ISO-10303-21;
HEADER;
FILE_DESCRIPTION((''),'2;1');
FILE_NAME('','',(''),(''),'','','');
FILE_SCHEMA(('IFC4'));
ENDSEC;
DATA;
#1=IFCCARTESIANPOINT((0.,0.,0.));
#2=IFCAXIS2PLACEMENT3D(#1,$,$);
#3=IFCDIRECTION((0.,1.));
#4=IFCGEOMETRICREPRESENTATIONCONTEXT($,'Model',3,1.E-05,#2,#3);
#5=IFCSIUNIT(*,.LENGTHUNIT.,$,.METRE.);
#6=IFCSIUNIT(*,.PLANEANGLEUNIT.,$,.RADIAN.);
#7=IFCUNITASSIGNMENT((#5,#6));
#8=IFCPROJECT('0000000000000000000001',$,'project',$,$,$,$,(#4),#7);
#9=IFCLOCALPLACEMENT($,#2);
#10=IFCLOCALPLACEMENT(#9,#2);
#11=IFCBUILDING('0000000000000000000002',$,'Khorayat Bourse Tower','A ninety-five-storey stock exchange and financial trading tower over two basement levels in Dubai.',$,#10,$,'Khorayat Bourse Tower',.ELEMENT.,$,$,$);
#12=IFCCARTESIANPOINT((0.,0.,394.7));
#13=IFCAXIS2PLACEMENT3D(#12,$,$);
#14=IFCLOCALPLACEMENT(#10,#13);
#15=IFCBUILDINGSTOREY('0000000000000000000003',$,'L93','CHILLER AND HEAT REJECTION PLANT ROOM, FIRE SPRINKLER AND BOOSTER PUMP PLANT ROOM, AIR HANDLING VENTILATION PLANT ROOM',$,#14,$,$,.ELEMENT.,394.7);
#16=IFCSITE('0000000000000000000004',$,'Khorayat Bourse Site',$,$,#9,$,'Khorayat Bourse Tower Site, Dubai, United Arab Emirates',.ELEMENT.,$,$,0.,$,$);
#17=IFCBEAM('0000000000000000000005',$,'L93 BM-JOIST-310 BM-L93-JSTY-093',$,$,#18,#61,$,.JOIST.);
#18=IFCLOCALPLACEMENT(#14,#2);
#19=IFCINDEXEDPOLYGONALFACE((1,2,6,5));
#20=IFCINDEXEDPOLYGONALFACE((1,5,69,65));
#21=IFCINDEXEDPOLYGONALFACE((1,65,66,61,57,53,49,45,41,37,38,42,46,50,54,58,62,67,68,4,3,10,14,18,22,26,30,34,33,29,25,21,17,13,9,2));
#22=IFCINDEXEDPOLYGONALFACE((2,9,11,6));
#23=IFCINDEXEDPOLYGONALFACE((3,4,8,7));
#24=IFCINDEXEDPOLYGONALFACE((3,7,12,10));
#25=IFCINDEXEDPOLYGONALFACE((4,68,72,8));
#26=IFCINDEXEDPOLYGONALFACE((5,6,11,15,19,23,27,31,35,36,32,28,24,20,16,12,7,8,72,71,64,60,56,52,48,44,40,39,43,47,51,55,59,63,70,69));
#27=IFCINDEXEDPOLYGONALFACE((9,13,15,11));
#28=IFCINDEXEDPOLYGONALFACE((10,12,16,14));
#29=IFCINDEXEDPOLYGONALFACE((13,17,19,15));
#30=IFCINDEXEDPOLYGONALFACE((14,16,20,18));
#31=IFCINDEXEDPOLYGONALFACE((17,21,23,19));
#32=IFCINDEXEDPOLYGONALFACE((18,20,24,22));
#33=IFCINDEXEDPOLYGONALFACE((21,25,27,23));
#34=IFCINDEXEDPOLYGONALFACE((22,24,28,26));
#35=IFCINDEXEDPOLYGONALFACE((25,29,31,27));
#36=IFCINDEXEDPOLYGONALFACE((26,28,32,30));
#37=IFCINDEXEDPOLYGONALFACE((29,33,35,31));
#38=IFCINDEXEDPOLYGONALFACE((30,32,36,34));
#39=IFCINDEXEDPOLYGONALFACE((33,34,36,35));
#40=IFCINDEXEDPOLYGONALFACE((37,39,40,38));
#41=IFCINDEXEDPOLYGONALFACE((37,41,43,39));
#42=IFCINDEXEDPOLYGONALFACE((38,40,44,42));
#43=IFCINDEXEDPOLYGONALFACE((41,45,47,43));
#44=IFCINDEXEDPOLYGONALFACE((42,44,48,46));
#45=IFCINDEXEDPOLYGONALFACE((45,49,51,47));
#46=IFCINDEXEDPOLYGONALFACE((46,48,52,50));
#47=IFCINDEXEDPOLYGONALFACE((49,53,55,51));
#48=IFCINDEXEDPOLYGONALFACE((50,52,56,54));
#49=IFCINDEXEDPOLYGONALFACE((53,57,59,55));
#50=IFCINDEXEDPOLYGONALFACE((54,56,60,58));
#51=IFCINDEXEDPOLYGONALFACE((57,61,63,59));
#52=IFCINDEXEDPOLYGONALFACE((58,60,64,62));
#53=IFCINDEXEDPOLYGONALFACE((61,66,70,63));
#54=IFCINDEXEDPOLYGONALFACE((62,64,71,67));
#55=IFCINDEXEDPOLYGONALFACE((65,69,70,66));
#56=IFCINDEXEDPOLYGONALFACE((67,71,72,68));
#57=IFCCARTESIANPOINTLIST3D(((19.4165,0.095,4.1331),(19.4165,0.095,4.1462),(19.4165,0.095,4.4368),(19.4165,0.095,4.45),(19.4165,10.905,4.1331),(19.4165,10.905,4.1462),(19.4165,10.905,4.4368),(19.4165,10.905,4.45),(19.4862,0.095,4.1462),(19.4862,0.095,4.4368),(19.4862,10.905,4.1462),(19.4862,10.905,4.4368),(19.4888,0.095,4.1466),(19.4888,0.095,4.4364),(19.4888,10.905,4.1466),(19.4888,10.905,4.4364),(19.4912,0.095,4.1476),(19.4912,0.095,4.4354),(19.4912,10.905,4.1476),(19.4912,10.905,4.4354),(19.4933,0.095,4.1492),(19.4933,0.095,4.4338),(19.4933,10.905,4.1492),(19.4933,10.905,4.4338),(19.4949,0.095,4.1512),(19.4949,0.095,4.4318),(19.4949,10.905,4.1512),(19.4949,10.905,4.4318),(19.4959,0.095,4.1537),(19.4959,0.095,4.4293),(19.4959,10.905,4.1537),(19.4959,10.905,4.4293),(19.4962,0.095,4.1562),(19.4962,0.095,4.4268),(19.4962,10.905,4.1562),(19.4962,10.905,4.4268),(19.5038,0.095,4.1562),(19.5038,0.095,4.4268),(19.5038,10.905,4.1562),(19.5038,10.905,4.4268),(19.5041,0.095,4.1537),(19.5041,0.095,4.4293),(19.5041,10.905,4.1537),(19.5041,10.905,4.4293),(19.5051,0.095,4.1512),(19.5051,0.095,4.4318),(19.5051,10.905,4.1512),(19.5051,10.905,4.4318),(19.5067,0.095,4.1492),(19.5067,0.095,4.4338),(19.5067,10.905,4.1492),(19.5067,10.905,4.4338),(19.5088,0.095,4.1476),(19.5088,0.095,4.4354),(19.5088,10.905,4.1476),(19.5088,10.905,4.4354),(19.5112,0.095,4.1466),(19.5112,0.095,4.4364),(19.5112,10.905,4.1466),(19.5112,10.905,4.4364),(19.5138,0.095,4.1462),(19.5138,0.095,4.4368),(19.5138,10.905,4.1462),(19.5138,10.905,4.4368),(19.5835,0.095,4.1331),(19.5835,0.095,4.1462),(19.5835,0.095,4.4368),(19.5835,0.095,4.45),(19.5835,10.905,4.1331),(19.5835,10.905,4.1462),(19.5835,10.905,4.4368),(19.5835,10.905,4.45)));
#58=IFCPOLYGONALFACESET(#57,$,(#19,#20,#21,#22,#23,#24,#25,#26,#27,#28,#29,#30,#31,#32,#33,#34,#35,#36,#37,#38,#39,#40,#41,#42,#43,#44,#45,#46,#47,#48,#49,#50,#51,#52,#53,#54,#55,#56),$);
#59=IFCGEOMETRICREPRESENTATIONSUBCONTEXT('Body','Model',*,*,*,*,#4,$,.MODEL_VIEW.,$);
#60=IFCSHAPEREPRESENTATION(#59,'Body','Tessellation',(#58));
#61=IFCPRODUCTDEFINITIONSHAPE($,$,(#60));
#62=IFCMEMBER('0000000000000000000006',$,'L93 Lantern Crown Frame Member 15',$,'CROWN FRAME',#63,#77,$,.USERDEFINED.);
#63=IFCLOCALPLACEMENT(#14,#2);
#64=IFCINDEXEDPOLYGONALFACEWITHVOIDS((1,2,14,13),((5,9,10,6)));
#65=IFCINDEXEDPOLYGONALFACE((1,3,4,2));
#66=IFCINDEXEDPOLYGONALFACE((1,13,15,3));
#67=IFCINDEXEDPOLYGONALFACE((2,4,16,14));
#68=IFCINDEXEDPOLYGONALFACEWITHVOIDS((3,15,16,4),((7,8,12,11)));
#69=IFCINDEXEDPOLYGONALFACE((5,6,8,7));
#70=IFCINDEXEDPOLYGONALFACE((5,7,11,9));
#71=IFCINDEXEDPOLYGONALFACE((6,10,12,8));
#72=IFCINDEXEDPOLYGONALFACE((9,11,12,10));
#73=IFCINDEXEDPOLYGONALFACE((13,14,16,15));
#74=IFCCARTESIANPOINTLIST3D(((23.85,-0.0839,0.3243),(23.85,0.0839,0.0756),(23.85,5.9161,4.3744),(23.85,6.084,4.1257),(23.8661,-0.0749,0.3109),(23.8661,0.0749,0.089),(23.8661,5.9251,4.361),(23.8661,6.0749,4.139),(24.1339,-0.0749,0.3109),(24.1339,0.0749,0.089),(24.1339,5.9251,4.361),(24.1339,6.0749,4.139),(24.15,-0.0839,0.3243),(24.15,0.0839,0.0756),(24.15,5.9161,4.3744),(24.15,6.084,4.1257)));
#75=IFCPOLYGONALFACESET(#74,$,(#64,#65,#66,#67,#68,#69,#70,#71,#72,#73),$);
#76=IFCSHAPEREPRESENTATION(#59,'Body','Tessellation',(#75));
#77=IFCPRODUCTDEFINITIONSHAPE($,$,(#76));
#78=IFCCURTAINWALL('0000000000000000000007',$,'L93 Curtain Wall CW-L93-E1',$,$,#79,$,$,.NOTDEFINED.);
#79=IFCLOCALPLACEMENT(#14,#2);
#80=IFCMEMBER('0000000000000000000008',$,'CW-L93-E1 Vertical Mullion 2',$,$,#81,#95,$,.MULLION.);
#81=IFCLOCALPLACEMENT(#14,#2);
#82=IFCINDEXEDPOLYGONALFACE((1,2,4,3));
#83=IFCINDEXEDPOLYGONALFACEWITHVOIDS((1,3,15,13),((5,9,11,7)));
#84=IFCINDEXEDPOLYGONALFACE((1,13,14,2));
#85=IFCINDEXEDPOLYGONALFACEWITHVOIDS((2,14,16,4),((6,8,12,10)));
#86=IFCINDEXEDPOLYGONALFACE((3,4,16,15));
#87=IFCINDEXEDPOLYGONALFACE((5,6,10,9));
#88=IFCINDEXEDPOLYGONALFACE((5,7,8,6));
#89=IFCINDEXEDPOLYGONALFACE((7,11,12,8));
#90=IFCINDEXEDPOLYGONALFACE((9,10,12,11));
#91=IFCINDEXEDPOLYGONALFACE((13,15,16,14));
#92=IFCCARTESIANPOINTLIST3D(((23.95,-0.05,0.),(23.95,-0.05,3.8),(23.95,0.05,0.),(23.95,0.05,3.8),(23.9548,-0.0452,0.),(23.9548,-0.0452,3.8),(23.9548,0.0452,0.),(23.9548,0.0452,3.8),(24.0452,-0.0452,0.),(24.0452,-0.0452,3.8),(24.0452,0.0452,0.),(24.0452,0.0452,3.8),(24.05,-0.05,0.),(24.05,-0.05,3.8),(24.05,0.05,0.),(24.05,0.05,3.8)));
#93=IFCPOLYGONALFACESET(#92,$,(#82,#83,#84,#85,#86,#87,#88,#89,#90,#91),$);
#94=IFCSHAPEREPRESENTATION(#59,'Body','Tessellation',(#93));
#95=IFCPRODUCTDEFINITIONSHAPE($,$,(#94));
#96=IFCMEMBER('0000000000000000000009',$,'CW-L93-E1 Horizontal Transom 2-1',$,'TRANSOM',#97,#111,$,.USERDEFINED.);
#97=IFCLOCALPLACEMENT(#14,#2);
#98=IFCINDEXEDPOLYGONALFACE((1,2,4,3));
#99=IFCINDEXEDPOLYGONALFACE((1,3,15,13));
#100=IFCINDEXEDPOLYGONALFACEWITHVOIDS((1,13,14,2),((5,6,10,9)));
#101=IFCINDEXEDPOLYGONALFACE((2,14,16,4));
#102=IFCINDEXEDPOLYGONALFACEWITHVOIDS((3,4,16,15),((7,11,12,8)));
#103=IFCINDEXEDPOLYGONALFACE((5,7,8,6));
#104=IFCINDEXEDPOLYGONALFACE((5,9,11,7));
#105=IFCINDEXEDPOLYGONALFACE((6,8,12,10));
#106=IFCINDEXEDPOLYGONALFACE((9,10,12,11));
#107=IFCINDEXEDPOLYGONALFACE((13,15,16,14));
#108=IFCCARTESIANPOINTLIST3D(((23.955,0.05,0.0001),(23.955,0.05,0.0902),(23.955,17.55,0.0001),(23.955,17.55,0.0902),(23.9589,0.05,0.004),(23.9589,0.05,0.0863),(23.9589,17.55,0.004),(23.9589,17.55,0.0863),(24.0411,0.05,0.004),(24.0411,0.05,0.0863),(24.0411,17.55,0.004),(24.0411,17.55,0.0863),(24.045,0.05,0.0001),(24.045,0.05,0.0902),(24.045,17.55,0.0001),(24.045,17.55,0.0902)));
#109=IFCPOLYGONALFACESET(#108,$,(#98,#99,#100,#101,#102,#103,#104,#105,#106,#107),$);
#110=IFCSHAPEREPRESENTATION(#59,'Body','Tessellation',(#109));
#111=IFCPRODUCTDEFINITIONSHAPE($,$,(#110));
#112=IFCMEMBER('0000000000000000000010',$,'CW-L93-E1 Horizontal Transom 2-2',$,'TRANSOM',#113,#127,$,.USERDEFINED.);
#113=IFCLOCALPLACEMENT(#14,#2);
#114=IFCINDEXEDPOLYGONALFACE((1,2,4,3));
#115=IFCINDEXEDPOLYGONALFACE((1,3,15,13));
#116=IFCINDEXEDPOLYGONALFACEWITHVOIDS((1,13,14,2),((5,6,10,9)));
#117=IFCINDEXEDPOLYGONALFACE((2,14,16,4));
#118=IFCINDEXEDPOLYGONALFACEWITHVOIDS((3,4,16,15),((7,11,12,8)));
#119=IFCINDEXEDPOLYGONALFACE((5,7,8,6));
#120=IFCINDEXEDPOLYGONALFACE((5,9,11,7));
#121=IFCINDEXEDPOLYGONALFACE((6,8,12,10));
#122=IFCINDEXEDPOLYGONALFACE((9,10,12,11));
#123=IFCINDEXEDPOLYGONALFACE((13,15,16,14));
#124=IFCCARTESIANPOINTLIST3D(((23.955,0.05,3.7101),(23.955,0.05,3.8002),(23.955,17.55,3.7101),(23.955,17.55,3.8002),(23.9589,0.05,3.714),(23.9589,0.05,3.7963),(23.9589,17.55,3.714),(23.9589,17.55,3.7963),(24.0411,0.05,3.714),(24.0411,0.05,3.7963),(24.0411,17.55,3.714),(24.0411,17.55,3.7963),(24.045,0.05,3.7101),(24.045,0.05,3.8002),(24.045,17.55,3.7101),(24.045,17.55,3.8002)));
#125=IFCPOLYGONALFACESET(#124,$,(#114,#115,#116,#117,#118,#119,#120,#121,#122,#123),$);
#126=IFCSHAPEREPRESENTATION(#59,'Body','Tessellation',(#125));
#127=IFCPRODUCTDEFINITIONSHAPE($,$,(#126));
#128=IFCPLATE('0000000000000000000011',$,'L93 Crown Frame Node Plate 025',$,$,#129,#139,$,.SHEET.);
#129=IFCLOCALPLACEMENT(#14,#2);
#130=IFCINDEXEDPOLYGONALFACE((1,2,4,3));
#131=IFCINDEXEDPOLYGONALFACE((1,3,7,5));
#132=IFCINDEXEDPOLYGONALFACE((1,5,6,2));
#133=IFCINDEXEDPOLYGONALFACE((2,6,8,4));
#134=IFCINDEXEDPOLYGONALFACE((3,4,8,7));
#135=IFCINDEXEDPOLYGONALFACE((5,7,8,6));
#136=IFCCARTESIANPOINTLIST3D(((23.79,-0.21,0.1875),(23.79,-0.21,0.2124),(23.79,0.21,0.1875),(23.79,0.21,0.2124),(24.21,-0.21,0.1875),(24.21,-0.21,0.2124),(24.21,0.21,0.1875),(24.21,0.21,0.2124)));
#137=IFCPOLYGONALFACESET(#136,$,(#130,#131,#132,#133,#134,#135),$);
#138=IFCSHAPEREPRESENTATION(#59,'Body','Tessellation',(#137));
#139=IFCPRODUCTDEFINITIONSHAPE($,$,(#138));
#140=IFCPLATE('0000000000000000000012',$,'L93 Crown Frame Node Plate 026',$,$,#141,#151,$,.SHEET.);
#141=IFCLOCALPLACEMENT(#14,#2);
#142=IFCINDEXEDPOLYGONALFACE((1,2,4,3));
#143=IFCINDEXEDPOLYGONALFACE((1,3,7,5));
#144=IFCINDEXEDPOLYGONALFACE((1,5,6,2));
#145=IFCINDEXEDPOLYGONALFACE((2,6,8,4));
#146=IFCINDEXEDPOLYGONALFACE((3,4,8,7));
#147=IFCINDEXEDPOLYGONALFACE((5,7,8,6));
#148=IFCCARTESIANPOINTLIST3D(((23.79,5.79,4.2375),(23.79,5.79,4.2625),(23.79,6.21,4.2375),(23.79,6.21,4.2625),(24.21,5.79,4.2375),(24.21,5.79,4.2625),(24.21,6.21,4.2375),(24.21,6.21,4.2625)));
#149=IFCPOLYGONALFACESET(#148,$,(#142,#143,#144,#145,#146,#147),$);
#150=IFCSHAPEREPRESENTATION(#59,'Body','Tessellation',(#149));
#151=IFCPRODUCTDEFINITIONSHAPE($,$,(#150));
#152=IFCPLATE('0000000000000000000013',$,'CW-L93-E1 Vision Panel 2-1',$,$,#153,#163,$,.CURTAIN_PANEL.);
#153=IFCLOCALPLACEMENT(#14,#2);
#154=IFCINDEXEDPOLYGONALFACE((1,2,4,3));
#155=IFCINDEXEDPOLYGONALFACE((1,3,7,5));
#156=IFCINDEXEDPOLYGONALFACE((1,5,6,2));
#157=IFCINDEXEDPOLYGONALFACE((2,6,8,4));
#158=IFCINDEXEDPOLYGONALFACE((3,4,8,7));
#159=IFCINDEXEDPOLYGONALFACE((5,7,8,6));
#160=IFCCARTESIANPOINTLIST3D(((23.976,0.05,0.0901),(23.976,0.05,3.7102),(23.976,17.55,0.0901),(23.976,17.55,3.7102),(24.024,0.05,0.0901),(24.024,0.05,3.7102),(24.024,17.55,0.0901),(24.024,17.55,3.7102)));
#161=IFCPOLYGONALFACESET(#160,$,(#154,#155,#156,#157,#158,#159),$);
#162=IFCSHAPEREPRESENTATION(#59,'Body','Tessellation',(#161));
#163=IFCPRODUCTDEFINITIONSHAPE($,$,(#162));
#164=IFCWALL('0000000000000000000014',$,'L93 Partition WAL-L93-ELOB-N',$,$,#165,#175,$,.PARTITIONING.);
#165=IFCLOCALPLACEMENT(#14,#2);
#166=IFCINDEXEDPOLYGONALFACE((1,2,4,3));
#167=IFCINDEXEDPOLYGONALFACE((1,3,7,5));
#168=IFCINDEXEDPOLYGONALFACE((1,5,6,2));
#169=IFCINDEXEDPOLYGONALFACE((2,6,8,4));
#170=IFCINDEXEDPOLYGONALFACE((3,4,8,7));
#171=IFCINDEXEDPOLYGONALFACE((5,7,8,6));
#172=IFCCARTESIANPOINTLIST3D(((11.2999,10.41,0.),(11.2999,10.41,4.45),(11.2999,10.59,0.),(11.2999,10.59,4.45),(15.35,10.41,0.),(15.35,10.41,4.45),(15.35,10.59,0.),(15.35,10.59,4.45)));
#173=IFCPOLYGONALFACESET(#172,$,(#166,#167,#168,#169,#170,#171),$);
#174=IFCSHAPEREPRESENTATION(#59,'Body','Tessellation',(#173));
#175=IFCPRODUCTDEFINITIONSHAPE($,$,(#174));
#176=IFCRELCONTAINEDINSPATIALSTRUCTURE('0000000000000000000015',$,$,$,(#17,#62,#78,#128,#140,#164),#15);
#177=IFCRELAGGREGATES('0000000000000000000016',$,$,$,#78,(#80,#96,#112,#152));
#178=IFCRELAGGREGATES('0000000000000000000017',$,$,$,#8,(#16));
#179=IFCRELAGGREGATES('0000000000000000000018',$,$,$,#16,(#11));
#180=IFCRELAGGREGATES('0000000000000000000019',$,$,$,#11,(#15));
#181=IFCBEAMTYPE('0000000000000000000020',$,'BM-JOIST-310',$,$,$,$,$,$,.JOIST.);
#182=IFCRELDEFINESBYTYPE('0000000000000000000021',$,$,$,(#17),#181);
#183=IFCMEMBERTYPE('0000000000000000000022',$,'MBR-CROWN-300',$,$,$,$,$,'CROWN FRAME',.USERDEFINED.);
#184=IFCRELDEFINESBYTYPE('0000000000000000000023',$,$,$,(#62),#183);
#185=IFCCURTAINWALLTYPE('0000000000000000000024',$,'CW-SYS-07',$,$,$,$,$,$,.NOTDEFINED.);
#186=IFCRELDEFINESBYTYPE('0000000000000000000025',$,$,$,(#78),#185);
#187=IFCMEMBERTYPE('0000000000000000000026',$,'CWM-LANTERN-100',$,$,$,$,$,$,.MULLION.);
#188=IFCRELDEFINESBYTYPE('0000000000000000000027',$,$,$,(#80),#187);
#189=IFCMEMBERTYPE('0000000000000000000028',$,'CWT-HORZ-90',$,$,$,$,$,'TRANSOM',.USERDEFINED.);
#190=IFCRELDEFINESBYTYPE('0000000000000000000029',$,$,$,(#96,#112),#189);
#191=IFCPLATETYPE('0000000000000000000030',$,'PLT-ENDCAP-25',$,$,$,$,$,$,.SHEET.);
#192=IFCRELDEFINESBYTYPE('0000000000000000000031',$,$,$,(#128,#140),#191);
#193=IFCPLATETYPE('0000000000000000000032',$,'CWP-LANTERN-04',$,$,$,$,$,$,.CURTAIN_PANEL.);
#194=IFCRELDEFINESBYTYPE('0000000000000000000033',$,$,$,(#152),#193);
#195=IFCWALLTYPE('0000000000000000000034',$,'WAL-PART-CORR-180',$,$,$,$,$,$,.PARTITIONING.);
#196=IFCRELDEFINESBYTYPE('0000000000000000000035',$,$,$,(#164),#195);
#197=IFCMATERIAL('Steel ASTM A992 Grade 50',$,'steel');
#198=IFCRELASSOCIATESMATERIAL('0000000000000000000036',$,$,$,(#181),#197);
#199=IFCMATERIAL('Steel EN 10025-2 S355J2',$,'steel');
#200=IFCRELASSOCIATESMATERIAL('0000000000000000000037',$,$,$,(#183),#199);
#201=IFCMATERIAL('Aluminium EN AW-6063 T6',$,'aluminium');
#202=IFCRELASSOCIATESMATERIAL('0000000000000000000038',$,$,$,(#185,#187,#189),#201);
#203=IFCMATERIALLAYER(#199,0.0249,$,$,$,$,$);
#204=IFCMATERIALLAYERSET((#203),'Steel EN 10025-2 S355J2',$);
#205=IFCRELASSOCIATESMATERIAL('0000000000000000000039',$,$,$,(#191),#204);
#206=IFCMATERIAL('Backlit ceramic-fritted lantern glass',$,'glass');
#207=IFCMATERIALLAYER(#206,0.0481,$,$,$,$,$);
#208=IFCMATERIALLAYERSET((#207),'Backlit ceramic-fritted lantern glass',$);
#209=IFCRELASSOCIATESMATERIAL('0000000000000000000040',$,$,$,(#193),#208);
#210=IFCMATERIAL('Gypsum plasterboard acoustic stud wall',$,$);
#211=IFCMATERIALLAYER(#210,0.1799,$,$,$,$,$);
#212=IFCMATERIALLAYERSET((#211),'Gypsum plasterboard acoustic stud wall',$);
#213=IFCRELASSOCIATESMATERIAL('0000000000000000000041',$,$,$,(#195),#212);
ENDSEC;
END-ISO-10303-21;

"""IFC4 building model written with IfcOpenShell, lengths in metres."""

from ifc_helpers import new_model, si_unit, direction, frame, frame_2d, origin, origin_2d, place, context, subcontext, project, spatial, rectangle, hollow_rectangle, i_section, extrude, source, transform, mapped, material, layer, layer_set, material_profile, profile_set, type_object, element, aggregate, save


model = new_model("IFC4")

# Units and contexts
model_context = context("Model", 3, precision=1e-05, world=origin(), true_north=direction((0.0, 1.0)))
body_context = subcontext(model_context, "Body", "Model", "MODEL_VIEW")
ifc_project = project(units=[si_unit("LENGTHUNIT", "METRE"), si_unit("PLANEANGLEUNIT", "RADIAN")], contexts=[model_context])

# Site, building, storey
site_placement = place(None, origin())
site = spatial("IfcSite", under=ifc_project, at=site_placement, Name="Khorayat Bourse Site", LongName="Khorayat Bourse Tower Site, Dubai, United Arab Emirates", CompositionType="ELEMENT", RefElevation=0.0)
building_placement = place(site_placement, origin())
building = spatial("IfcBuilding", under=site, at=building_placement, Name="Khorayat Bourse Tower", Description="A ninety-five-storey stock exchange and financial trading tower over two basement levels in Dubai.", LongName="Khorayat Bourse Tower", CompositionType="ELEMENT")
storey_placement = place(building_placement, frame((0.0, 0.0, 394.7)))
storey = spatial("IfcBuildingStorey", under=building, at=storey_placement, Name="L93", Description="CHILLER AND HEAT REJECTION PLANT ROOM, FIRE SPRINKLER AND BOOSTER PUMP PLANT ROOM, AIR HANDLING VENTILATION PLANT ROOM", CompositionType="ELEMENT", Elevation=394.7)

# Shared definitions
ifc_material_1 = material(Name="Steel EN 10025-2 S355J2", Category="steel")

# Beam
ifc_material_2 = material(Name="Steel ASTM A992 Grade 50", Category="steel")
ifc_material_profile_1 = material_profile(ifc_material_2, i_section(OverallWidth=0.167, OverallDepth=0.3169, WebThickness=0.0076, FlangeThickness=0.0132, FilletRadius=0.01, at=origin_2d()), Name="W310X52")
ifc_profile_set_1 = profile_set([ifc_material_profile_1], Name="Steel ASTM A992 Grade 50")
beam_type_1 = type_object("IfcBeamType", Name="BM-JOIST-310", PredefinedType="JOIST", material=ifc_profile_set_1)
shared_shape_1 = source(origin(), body_context, "Body", "SweptSolid", [
    extrude(i_section(OverallWidth=0.167, OverallDepth=0.3169, WebThickness=0.0076, FlangeThickness=0.0132, FilletRadius=0.01, at=origin_2d()), origin(), (0.0, 0.0, 1.0), 10.8101),
])
beam_1_placement = place(storey_placement, frame((19.5, 0.095, 4.2915), z_axis=(0.0, 1.0, 0.0), x_axis=(-1.0, 0.0, 0.0)))
element("IfcBeam", 1, at=beam_1_placement, inside=storey, type_object=beam_type_1, Name="L93 BM-JOIST-310 BM-L93-JSTY-093", PredefinedType="JOIST", context=body_context, shape_type="MappedRepresentation", body=[
    mapped(shared_shape_1, transform((0.0, 0.0, 0.0), scale=1.0)),
])

# Member
ifc_material_profile_2 = material_profile(ifc_material_1, hollow_rectangle(XDim=0.3, YDim=0.3, WallThickness=0.0161, at=origin_2d()), Name="HSS 300x300x16")
ifc_profile_set_2 = profile_set([ifc_material_profile_2], Name="Steel EN 10025-2 S355J2")
member_type_1 = type_object("IfcMemberType", Name="MBR-CROWN-300", ElementType="CROWN FRAME", PredefinedType="USERDEFINED", material=ifc_profile_set_2)
shared_shape_2 = source(origin(), body_context, "Body", "SweptSolid", [
    extrude(hollow_rectangle(XDim=0.3, YDim=0.3, WallThickness=0.0161, at=origin_2d()), origin(), (0.0, 0.0, 1.0), 7.239),
])
member_1_placement = place(storey_placement, frame((24.0, 0.0, 0.2), z_axis=(0.0, 0.828846, 0.559477), x_axis=(-1.0, 0.0, 0.0)))
element("IfcMember", 2, at=member_1_placement, inside=storey, type_object=member_type_1, Name="L93 Lantern Crown Frame Member 15", ObjectType="CROWN FRAME", PredefinedType="USERDEFINED", context=body_context, shape_type="MappedRepresentation", body=[
    mapped(shared_shape_2, transform((0.0, 0.0, 0.0), scale=1.0)),
])

# Curtain wall, members
ifc_material_3 = material(Name="Aluminium EN AW-6063 T6", Category="aluminium")
curtain_wall_type = type_object("IfcCurtainWallType", Name="CW-SYS-07", PredefinedType="NOTDEFINED", material=ifc_material_3)
curtain_wall_placement = place(storey_placement, origin())
curtain_wall = element("IfcCurtainWall", 3, at=curtain_wall_placement, inside=storey, type_object=curtain_wall_type, Name="L93 Curtain Wall CW-L93-E1", PredefinedType="NOTDEFINED")
ifc_material_profile_3 = material_profile(ifc_material_3, hollow_rectangle(XDim=0.1001, YDim=0.1001, WallThickness=0.0049, at=origin_2d()), Name="ALU 100x100x5")
ifc_profile_set_3 = profile_set([ifc_material_profile_3], Name="Aluminium EN AW-6063 T6")
member_type_2 = type_object("IfcMemberType", Name="CWM-LANTERN-100", PredefinedType="MULLION", material=ifc_profile_set_3)
shared_shape_3 = source(origin(), body_context, "Body", "SweptSolid", [
    extrude(hollow_rectangle(XDim=0.1001, YDim=0.1001, WallThickness=0.0049, at=origin_2d()), origin(), (0.0, 0.0, 1.0), 3.8),
])
member_2_placement = place(storey_placement, frame((24.0, 0.0, 0.0), z_axis=(0.0, 0.0, 1.0), x_axis=(-1.0, 0.0, 0.0)))
member_2 = element("IfcMember", 4, at=member_2_placement, type_object=member_type_2, Name="CW-L93-E1 Vertical Mullion 2", PredefinedType="MULLION", context=body_context, shape_type="MappedRepresentation", body=[
    mapped(shared_shape_3, transform((0.0, 0.0, 0.0), scale=1.0)),
])
ifc_material_profile_4 = material_profile(ifc_material_3, hollow_rectangle(XDim=0.0901, YDim=0.0901, WallThickness=0.0039, at=origin_2d()), Name="ALU 90x90x4")
ifc_profile_set_4 = profile_set([ifc_material_profile_4], Name="Aluminium EN AW-6063 T6")
member_type_3 = type_object("IfcMemberType", Name="CWT-HORZ-90", ElementType="TRANSOM", PredefinedType="USERDEFINED", material=ifc_profile_set_4)
shared_shape_4 = source(origin(), body_context, "Body", "SweptSolid", [
    extrude(hollow_rectangle(XDim=0.0901, YDim=0.0901, WallThickness=0.0039, at=origin_2d()), origin(), (0.0, 0.0, 1.0), 17.5),
])
member_3_placement = place(storey_placement, frame((24.0, 0.05, 0.0452), z_axis=(0.0, 1.0, 0.0), x_axis=(-1.0, 0.0, 0.0)))
member_3 = element("IfcMember", 5, at=member_3_placement, type_object=member_type_3, Name="CW-L93-E1 Horizontal Transom 2-1", ObjectType="TRANSOM", PredefinedType="USERDEFINED", context=body_context, shape_type="MappedRepresentation", body=[
    mapped(shared_shape_4, transform((0.0, 0.0, 0.0), scale=1.0)),
])
member_4_placement = place(storey_placement, frame((24.0, 0.05, 3.7551), z_axis=(0.0, 1.0, 0.0), x_axis=(-1.0, 0.0, 0.0)))
member_4 = element("IfcMember", 6, at=member_4_placement, type_object=member_type_3, Name="CW-L93-E1 Horizontal Transom 2-2", ObjectType="TRANSOM", PredefinedType="USERDEFINED", context=body_context, shape_type="MappedRepresentation", body=[
    mapped(shared_shape_4, transform((0.0, 0.0, 0.0), scale=1.0)),
])

# Plates
ifc_layer_1 = layer(ifc_material_1, 0.0249)
ifc_layer_set_1 = layer_set([ifc_layer_1], Name="Steel EN 10025-2 S355J2")
plate_type_1 = type_object("IfcPlateType", Name="PLT-ENDCAP-25", PredefinedType="SHEET", material=ifc_layer_set_1)
shared_shape_5 = source(origin(), body_context, "Body", "SweptSolid", [
    extrude(rectangle(XDim=0.4199, YDim=0.4199, at=origin_2d()), origin(), (0.0, 0.0, 1.0), 0.0249),
])
for number, where, z_axis, x_axis, name in (
    (7, (24.0, 0.0, 0.1875), (0.0, 0.0, 1.0), (1.0, 0.0, 0.0), "L93 Crown Frame Node Plate 025"),
    (8, (24.0, 6.0, 4.2375), (0.0, 0.0, 1.0), (1.0, 0.0, 0.0), "L93 Crown Frame Node Plate 026"),
):
    element("IfcPlate", number, at=place(storey_placement, frame(where, z_axis=z_axis, x_axis=x_axis)), inside=storey, type_object=plate_type_1, Name=name, PredefinedType="SHEET", context=body_context, shape_type="MappedRepresentation", body=[
        mapped(shared_shape_5, transform((0.0, 0.0, 0.0), scale=1.0)),
    ])

# Plate
ifc_material_4 = material(Name="Backlit ceramic-fritted lantern glass", Category="glass")
ifc_layer_2 = layer(ifc_material_4, 0.0481)
ifc_layer_set_2 = layer_set([ifc_layer_2], Name="Backlit ceramic-fritted lantern glass")
plate_type_2 = type_object("IfcPlateType", Name="CWP-LANTERN-04", PredefinedType="CURTAIN_PANEL", material=ifc_layer_set_2)
shared_shape_6 = source(origin(), body_context, "Body", "SweptSolid", [
    extrude(rectangle(XDim=17.5, YDim=0.0481, at=origin_2d()), origin(), (0.0, 0.0, 1.0), 3.6201),
])
plate_placement = place(storey_placement, frame((24.0, 8.8, 0.0901), z_axis=(0.0, 0.0, 1.0), x_axis=(0.0, 1.0, 0.0)))
plate = element("IfcPlate", 9, at=plate_placement, type_object=plate_type_2, Name="CW-L93-E1 Vision Panel 2-1", PredefinedType="CURTAIN_PANEL", context=body_context, shape_type="MappedRepresentation", body=[
    mapped(shared_shape_6, transform((0.0, 0.0, 0.0), scale=1.0)),
])
aggregate(curtain_wall, [member_2, member_3, member_4, plate])

# Wall
ifc_material_5 = material(Name="Gypsum plasterboard acoustic stud wall")
ifc_layer_3 = layer(ifc_material_5, 0.1799)
ifc_layer_set_3 = layer_set([ifc_layer_3], Name="Gypsum plasterboard acoustic stud wall")
wall_type_1 = type_object("IfcWallType", Name="WAL-PART-CORR-180", PredefinedType="PARTITIONING", material=ifc_layer_set_3)
shared_shape_7 = source(origin(), body_context, "Body", "SweptSolid", [
    extrude(rectangle(XDim=4.05, YDim=0.1799, at=frame_2d((2.0249, 0.0))), origin(), (0.0, 0.0, 1.0), 4.45),
])
wall_1_placement = place(storey_placement, frame((11.3, 10.5, 0.0), z_axis=(0.0, 0.0, 1.0), x_axis=(1.0, 0.0, 0.0)))
element("IfcWall", 10, at=wall_1_placement, inside=storey, type_object=wall_type_1, Name="L93 Partition WAL-L93-ELOB-N", PredefinedType="PARTITIONING", context=body_context, shape_type="MappedRepresentation", body=[
    mapped(shared_shape_7, transform((0.0, 0.0, 0.0), scale=1.0)),
])

save(model, "model.ifc")
